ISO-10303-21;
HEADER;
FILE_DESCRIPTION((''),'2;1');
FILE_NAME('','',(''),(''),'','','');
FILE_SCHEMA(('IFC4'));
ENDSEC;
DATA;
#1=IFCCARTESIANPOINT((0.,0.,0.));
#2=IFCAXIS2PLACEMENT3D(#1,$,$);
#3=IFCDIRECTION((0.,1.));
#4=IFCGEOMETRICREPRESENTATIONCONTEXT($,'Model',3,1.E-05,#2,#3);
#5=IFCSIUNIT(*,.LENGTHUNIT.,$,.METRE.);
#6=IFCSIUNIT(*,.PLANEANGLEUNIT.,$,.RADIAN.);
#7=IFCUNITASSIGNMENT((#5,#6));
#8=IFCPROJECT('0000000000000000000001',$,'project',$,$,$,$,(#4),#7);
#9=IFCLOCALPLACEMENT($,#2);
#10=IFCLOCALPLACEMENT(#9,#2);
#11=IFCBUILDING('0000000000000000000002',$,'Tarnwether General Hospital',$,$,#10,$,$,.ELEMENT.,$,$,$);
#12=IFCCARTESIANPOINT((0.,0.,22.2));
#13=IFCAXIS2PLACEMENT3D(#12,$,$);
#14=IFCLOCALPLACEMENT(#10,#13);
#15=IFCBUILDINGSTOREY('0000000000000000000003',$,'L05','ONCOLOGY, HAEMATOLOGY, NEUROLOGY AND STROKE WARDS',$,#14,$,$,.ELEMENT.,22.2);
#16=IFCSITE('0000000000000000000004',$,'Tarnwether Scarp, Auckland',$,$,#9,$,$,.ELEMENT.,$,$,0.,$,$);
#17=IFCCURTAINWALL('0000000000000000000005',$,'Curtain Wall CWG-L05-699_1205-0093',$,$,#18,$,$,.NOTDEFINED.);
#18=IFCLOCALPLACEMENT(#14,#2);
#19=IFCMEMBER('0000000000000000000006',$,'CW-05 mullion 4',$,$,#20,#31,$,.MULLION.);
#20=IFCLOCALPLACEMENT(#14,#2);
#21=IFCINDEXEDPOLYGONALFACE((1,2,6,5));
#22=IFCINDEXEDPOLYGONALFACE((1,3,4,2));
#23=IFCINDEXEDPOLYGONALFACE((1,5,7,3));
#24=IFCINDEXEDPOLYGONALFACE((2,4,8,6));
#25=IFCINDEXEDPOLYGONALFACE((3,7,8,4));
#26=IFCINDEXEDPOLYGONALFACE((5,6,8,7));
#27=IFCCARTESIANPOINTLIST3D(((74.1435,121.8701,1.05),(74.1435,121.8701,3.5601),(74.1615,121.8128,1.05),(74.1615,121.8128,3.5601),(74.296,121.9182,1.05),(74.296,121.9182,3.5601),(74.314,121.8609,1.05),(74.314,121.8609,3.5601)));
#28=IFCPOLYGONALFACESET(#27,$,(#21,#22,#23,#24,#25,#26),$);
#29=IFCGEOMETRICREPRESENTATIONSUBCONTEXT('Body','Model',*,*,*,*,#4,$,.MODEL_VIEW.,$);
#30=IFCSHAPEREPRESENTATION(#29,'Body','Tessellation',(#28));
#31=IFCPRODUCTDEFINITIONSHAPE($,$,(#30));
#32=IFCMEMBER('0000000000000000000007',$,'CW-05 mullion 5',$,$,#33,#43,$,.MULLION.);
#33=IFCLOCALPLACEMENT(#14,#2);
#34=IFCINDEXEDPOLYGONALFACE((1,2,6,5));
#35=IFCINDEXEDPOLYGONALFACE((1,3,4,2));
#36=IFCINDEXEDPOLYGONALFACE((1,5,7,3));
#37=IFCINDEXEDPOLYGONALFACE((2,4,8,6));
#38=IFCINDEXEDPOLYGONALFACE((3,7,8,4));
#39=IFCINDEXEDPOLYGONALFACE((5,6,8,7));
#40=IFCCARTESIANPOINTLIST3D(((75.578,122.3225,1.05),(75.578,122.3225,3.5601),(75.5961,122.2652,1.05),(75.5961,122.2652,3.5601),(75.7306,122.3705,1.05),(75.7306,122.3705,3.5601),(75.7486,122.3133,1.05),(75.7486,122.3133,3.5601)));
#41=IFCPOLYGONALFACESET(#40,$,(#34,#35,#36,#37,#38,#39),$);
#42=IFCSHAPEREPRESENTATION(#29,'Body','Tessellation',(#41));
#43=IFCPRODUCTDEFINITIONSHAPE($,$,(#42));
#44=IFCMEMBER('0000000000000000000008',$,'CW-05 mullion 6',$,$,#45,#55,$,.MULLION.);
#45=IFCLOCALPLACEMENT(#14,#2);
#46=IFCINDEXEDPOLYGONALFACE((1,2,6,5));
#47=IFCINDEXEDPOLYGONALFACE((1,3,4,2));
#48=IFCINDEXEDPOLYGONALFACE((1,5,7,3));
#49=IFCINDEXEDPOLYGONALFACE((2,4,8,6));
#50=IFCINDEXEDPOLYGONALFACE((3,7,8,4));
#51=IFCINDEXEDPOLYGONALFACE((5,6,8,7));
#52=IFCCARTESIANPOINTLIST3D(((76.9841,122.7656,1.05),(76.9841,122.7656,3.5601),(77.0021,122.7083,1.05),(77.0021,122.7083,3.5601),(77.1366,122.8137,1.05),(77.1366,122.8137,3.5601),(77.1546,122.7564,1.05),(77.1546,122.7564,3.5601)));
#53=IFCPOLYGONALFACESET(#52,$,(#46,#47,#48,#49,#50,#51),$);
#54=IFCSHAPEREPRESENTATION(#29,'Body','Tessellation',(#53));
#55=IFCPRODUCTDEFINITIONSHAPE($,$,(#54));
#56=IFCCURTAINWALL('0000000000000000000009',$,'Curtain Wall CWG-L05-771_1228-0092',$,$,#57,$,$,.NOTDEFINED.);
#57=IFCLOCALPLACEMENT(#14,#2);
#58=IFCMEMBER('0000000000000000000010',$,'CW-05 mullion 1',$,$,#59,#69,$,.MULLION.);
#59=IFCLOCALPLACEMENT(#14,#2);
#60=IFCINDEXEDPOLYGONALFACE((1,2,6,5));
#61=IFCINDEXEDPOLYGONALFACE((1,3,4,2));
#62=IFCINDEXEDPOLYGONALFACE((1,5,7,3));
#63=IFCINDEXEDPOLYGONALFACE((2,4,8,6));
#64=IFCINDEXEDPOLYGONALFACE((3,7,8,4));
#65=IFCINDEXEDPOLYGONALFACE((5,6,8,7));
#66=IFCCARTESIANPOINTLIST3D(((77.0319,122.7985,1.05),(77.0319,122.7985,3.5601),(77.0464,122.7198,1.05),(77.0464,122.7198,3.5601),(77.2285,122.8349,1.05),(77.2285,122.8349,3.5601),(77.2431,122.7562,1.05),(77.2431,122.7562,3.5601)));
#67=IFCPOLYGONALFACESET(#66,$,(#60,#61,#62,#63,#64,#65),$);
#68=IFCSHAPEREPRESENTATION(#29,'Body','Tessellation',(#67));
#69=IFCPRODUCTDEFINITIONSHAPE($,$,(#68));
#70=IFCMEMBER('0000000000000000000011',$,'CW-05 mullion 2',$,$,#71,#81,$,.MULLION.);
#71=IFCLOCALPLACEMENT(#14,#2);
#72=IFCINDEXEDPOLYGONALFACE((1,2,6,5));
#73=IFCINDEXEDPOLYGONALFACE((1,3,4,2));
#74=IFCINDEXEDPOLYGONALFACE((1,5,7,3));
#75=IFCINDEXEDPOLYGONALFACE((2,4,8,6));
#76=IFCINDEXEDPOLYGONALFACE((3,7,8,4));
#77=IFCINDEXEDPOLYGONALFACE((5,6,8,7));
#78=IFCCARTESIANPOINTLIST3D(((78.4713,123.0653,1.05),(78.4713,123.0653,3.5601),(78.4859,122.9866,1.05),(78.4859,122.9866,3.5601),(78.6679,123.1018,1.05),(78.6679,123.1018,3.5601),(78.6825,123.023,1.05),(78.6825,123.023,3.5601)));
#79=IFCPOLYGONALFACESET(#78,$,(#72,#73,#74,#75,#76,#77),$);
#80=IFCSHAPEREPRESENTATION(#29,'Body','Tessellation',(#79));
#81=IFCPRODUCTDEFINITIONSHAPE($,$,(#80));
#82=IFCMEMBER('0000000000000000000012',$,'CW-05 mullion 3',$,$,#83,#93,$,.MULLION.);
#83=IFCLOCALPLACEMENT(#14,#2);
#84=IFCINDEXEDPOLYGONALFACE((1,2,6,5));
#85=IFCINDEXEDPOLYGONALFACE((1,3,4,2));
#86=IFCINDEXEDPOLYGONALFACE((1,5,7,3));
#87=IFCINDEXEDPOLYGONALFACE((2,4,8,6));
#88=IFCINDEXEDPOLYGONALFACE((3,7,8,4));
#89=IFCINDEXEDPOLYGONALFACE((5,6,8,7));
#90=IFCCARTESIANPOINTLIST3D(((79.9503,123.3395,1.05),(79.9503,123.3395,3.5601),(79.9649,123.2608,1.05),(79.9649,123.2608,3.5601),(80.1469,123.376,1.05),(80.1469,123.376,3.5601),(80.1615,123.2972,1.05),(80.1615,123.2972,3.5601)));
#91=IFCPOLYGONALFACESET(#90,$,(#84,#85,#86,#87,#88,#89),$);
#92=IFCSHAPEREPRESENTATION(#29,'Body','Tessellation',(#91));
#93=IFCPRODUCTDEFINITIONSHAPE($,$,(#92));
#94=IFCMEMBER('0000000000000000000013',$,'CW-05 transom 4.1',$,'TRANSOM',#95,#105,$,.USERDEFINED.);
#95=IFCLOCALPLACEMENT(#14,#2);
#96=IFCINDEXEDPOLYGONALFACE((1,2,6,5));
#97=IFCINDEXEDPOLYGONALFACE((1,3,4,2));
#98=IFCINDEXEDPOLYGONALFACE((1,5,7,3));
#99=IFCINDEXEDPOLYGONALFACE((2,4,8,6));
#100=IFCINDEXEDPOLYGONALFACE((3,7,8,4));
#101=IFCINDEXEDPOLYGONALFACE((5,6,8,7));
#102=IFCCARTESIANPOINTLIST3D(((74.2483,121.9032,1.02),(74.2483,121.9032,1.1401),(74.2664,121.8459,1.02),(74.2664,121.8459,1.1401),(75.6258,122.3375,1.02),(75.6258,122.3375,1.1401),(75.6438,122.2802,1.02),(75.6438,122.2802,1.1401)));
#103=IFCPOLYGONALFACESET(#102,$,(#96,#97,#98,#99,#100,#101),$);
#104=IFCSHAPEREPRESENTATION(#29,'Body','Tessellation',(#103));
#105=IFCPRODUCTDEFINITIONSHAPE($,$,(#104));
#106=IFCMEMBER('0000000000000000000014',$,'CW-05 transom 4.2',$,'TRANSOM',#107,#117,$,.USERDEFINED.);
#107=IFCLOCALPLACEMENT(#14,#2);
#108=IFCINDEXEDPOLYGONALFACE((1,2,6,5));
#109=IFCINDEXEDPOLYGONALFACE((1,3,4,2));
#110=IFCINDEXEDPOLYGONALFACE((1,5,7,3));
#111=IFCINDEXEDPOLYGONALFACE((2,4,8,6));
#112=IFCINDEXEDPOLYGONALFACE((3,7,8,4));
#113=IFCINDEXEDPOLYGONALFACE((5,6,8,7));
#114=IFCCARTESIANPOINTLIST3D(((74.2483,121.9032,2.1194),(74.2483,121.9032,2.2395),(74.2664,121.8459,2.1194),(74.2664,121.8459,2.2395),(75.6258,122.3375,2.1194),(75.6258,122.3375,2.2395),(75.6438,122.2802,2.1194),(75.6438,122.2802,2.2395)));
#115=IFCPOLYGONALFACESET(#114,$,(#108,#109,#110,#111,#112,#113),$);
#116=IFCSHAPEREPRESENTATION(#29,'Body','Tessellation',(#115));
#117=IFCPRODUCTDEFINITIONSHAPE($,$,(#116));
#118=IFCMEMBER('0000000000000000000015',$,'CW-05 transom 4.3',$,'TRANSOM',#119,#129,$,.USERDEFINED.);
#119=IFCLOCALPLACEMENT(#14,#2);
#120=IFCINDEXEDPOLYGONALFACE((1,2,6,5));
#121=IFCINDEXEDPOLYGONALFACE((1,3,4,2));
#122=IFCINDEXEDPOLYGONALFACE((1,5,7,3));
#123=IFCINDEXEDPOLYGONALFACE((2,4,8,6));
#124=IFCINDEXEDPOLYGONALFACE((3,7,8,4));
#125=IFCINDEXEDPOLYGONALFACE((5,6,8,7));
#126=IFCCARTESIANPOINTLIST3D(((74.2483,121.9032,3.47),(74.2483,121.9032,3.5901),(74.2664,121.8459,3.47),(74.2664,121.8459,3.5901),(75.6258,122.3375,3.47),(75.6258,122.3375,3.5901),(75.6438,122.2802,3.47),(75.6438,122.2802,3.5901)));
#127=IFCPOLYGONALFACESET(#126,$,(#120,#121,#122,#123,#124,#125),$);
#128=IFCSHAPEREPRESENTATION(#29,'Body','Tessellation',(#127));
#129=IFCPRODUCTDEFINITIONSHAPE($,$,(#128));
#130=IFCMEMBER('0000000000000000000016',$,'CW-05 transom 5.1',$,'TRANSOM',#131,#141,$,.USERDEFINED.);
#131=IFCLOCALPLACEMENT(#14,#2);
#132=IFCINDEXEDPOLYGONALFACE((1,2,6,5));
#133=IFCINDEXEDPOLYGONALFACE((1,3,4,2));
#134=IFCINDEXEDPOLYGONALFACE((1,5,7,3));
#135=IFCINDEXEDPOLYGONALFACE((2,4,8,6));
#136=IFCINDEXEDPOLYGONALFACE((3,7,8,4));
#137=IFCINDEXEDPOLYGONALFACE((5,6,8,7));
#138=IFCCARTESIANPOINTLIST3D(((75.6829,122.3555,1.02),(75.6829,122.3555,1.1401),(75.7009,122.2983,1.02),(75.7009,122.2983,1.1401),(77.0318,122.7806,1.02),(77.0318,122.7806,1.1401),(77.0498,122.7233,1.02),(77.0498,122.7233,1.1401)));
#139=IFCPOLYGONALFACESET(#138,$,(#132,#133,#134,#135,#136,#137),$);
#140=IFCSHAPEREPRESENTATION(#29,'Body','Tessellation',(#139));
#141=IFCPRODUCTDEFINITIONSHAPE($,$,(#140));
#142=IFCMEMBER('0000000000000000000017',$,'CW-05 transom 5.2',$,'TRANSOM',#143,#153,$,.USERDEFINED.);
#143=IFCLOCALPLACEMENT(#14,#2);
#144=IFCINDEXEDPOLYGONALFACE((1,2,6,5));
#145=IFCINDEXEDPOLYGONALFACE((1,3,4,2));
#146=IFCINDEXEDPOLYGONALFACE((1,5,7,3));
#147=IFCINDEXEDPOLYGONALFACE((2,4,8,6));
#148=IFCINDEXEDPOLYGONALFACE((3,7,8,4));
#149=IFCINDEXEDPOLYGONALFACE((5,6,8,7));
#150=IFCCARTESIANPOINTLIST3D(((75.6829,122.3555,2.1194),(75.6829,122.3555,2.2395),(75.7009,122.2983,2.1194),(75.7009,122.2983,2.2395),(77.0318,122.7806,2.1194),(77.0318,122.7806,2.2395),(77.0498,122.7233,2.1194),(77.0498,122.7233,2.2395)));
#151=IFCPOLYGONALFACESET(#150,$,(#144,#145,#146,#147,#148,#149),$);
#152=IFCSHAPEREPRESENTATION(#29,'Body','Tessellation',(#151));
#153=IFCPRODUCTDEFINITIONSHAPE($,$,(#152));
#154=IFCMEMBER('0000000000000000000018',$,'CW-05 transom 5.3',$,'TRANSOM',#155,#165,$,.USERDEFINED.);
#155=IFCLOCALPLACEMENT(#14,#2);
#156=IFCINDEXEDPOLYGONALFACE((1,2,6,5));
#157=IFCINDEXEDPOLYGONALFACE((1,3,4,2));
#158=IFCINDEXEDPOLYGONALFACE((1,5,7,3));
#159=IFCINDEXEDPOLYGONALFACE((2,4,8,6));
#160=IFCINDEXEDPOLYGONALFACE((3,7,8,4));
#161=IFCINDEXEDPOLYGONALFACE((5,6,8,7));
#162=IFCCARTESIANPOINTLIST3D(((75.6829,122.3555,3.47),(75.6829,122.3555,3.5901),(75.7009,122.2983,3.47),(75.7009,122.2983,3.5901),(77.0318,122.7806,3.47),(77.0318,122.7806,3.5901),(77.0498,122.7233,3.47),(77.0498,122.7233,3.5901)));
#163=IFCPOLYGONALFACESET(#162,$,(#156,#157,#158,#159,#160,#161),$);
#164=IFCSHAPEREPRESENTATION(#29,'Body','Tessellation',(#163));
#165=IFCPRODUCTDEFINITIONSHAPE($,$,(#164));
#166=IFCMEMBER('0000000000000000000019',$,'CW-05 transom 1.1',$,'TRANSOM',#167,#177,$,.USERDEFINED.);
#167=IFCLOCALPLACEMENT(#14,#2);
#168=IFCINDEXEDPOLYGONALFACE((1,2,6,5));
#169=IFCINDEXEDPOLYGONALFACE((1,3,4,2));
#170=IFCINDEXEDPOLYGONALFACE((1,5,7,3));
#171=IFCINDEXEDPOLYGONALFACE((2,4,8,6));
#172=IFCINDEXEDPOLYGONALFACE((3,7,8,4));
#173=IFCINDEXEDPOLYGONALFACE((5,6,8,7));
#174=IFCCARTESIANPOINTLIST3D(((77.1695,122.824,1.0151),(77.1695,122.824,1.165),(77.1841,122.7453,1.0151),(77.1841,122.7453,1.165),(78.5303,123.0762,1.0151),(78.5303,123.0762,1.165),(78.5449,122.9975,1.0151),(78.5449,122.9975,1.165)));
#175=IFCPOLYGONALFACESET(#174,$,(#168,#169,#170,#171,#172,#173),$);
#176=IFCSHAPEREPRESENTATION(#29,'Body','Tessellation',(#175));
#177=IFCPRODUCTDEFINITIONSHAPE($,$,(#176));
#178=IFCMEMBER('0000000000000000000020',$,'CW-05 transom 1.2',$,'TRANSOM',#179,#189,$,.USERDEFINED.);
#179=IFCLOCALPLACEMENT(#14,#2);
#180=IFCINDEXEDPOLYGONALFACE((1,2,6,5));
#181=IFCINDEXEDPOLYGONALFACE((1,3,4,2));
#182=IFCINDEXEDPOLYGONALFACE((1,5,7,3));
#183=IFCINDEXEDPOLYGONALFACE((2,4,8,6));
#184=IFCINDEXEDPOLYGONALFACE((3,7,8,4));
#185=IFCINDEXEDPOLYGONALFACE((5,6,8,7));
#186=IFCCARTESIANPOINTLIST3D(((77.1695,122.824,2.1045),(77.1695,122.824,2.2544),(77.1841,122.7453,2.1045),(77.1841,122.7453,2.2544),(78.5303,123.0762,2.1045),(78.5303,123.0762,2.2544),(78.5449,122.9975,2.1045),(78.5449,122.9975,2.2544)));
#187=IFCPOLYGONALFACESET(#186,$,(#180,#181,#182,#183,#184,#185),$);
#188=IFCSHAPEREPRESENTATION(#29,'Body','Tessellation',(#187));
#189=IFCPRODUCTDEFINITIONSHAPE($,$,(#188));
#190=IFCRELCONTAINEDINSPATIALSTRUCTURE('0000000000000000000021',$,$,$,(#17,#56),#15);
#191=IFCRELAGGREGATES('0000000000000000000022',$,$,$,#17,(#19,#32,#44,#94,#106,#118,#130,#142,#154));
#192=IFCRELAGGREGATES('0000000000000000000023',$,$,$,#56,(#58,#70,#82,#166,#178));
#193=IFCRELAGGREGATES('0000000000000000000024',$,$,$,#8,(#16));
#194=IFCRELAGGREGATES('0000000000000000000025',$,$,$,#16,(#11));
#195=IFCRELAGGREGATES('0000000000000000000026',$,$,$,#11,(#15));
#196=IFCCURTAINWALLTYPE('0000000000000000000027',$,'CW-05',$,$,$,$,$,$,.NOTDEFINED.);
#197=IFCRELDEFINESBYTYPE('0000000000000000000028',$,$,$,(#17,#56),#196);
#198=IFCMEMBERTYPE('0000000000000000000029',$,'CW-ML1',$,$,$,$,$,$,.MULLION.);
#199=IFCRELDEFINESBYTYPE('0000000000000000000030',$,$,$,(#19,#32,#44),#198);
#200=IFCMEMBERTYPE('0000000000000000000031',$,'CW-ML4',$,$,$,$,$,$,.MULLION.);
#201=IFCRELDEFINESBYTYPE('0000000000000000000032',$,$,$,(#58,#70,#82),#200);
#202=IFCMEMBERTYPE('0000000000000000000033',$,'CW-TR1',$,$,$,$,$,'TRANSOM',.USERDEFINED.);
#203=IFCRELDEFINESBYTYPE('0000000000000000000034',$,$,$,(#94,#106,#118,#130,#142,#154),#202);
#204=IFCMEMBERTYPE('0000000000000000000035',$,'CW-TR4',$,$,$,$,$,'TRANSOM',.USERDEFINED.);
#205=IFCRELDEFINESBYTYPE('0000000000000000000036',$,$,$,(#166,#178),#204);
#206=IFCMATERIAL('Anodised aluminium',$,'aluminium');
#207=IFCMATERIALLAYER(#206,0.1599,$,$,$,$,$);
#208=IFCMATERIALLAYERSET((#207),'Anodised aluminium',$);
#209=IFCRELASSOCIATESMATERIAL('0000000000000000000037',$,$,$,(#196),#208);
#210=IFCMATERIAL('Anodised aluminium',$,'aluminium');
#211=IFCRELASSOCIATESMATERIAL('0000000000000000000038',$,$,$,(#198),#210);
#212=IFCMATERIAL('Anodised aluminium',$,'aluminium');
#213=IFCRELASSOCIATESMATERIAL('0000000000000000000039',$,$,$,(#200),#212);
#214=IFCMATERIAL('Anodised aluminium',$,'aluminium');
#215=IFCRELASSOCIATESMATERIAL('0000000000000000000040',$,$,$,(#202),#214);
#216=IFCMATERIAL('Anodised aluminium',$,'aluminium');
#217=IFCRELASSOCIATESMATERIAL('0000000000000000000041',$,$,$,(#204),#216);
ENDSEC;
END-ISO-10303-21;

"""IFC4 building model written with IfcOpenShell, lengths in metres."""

from ifc_helpers import new_model, si_unit, direction, frame, origin, origin_2d, place, context, subcontext, project, spatial, rectangle, extrude, material, layer, layer_set, material_profile, profile_set, type_object, element, aggregate, save


model = new_model("IFC4")

# Units and contexts
model_context = context("Model", 3, precision=1e-05, world=origin(), true_north=direction((0.0, 1.0)))
body_context = subcontext(model_context, "Body", "Model", "MODEL_VIEW")
ifc_project = project(units=[si_unit("LENGTHUNIT", "METRE"), si_unit("PLANEANGLEUNIT", "RADIAN")], contexts=[model_context])

# Site, building, storey
site_placement = place(None, origin())
site = spatial("IfcSite", under=ifc_project, at=site_placement, Name="Tarnwether Scarp, Auckland", CompositionType="ELEMENT", RefElevation=0.0)
building_placement = place(site_placement, origin())
building = spatial("IfcBuilding", under=site, at=building_placement, Name="Tarnwether General Hospital", CompositionType="ELEMENT")
storey_placement = place(building_placement, frame((0.0, 0.0, 22.2)))
storey = spatial("IfcBuildingStorey", under=building, at=storey_placement, Name="L05", Description="ONCOLOGY, HAEMATOLOGY, NEUROLOGY AND STROKE WARDS", CompositionType="ELEMENT", Elevation=22.2)

# Curtain walls, members
ifc_material_1 = material(Name="Anodised aluminium", Category="aluminium")
ifc_layer_1 = layer(ifc_material_1, 0.1599)
ifc_layer_set_1 = layer_set([ifc_layer_1], Name="Anodised aluminium")
curtain_wall_type = type_object("IfcCurtainWallType", Name="CW-05", PredefinedType="NOTDEFINED", material=ifc_layer_set_1)
curtain_wall_1_placement = place(storey_placement, origin())
curtain_wall_1 = element("IfcCurtainWall", 1, at=curtain_wall_1_placement, inside=storey, type_object=curtain_wall_type, Name="Curtain Wall CWG-L05-699_1205-0093", PredefinedType="NOTDEFINED")
ifc_material_2 = material(Name="Anodised aluminium", Category="aluminium")
ifc_material_profile_1 = material_profile(ifc_material_2, rectangle(XDim=0.0601, YDim=0.1599, at=origin_2d()), Name="ALU-MUL-60x160")
ifc_profile_set_1 = profile_set([ifc_material_profile_1], Name="Anodised aluminium")
member_type_1 = type_object("IfcMemberType", Name="CW-ML1", PredefinedType="MULLION", material=ifc_profile_set_1)
member_1_placement = place(storey_placement, frame((74.2288, 121.8655, 1.05), z_axis=(0.0, 0.0, 1.0), x_axis=(-0.300629, 0.953741, 0.0)))
member_1 = element("IfcMember", 2, at=member_1_placement, type_object=member_type_1, Name="CW-05 mullion 4", PredefinedType="MULLION", context=body_context, shape_type="SweptSolid", body=[
    extrude(rectangle(XDim=0.0601, YDim=0.1599, at=origin_2d()), origin(), (0.0, 0.0, 1.0), 2.51),
])
member_2_placement = place(storey_placement, frame((75.6633, 122.3179, 1.05), z_axis=(0.0, 0.0, 1.0), x_axis=(-0.300629, 0.953741, 0.0)))
member_2 = element("IfcMember", 3, at=member_2_placement, type_object=member_type_1, Name="CW-05 mullion 5", PredefinedType="MULLION", context=body_context, shape_type="SweptSolid", body=[
    extrude(rectangle(XDim=0.0601, YDim=0.1599, at=origin_2d()), origin(), (0.0, 0.0, 1.0), 2.51),
])
member_3_placement = place(storey_placement, frame((77.0693, 122.761, 1.05), z_axis=(0.0, 0.0, 1.0), x_axis=(-0.300629, 0.953741, 0.0)))
member_3 = element("IfcMember", 4, at=member_3_placement, type_object=member_type_1, Name="CW-05 mullion 6", PredefinedType="MULLION", context=body_context, shape_type="SweptSolid", body=[
    extrude(rectangle(XDim=0.0601, YDim=0.1599, at=origin_2d()), origin(), (0.0, 0.0, 1.0), 2.51),
])
curtain_wall_2_placement = place(storey_placement, origin())
curtain_wall_2 = element("IfcCurtainWall", 5, at=curtain_wall_2_placement, inside=storey, type_object=curtain_wall_type, Name="Curtain Wall CWG-L05-771_1228-0092", PredefinedType="NOTDEFINED")
ifc_material_3 = material(Name="Anodised aluminium", Category="aluminium")
ifc_material_profile_2 = material_profile(ifc_material_3, rectangle(XDim=0.0801, YDim=0.2, at=origin_2d()), Name="ALU-MUL-80x200")
ifc_profile_set_2 = profile_set([ifc_material_profile_2], Name="Anodised aluminium")
member_type_2 = type_object("IfcMemberType", Name="CW-ML4", PredefinedType="MULLION", material=ifc_profile_set_2)
member_4_placement = place(storey_placement, frame((77.1375, 122.7773, 1.05), z_axis=(0.0, 0.0, 1.0), x_axis=(-0.182289, 0.983245, 0.0)))
member_4 = element("IfcMember", 6, at=member_4_placement, type_object=member_type_2, Name="CW-05 mullion 1", PredefinedType="MULLION", context=body_context, shape_type="SweptSolid", body=[
    extrude(rectangle(XDim=0.0801, YDim=0.2, at=origin_2d()), origin(), (0.0, 0.0, 1.0), 2.51),
])
member_5_placement = place(storey_placement, frame((78.5769, 123.0442, 1.05), z_axis=(0.0, 0.0, 1.0), x_axis=(-0.182289, 0.983245, 0.0)))
member_5 = element("IfcMember", 7, at=member_5_placement, type_object=member_type_2, Name="CW-05 mullion 2", PredefinedType="MULLION", context=body_context, shape_type="SweptSolid", body=[
    extrude(rectangle(XDim=0.0801, YDim=0.2, at=origin_2d()), origin(), (0.0, 0.0, 1.0), 2.51),
])
member_6_placement = place(storey_placement, frame((80.0559, 123.3184, 1.05), z_axis=(0.0, 0.0, 1.0), x_axis=(-0.182289, 0.983245, 0.0)))
member_6 = element("IfcMember", 8, at=member_6_placement, type_object=member_type_2, Name="CW-05 mullion 3", PredefinedType="MULLION", context=body_context, shape_type="SweptSolid", body=[
    extrude(rectangle(XDim=0.0801, YDim=0.2, at=origin_2d()), origin(), (0.0, 0.0, 1.0), 2.51),
])

# Members
ifc_material_4 = material(Name="Anodised aluminium", Category="aluminium")
ifc_material_profile_3 = material_profile(ifc_material_4, rectangle(XDim=0.0601, YDim=0.1201, at=origin_2d()), Name="ALU-TRN-60x120")
ifc_profile_set_3 = profile_set([ifc_material_profile_3], Name="Anodised aluminium")
member_type_3 = type_object("IfcMemberType", Name="CW-TR1", ElementType="TRANSOM", PredefinedType="USERDEFINED", material=ifc_profile_set_3)
member_7_placement = place(storey_placement, frame((74.2573, 121.8745, 1.0801), z_axis=(0.953713, 0.300719, 0.0), x_axis=(-0.300719, 0.953713, 0.0)))
member_7 = element("IfcMember", 9, at=member_7_placement, type_object=member_type_3, Name="CW-05 transom 4.1", ObjectType="TRANSOM", PredefinedType="USERDEFINED", context=body_context, shape_type="SweptSolid", body=[
    extrude(rectangle(XDim=0.0601, YDim=0.1201, at=origin_2d()), origin(), (0.0, 0.0, 1.0), 1.4443),
])
member_8_placement = place(storey_placement, frame((74.2573, 121.8745, 2.1794), z_axis=(0.953713, 0.300719, 0.0), x_axis=(-0.300719, 0.953713, 0.0)))
member_8 = element("IfcMember", 10, at=member_8_placement, type_object=member_type_3, Name="CW-05 transom 4.2", ObjectType="TRANSOM", PredefinedType="USERDEFINED", context=body_context, shape_type="SweptSolid", body=[
    extrude(rectangle(XDim=0.0601, YDim=0.1201, at=origin_2d()), origin(), (0.0, 0.0, 1.0), 1.4443),
])
member_9_placement = place(storey_placement, frame((74.2573, 121.8745, 3.53), z_axis=(0.953713, 0.300719, 0.0), x_axis=(-0.300719, 0.953713, 0.0)))
member_9 = element("IfcMember", 11, at=member_9_placement, type_object=member_type_3, Name="CW-05 transom 4.3", ObjectType="TRANSOM", PredefinedType="USERDEFINED", context=body_context, shape_type="SweptSolid", body=[
    extrude(rectangle(XDim=0.0601, YDim=0.1201, at=origin_2d()), origin(), (0.0, 0.0, 1.0), 1.4443),
])
member_10_placement = place(storey_placement, frame((75.6919, 122.3269, 1.0801), z_axis=(0.953768, 0.300545, 0.0), x_axis=(-0.300545, 0.953768, 0.0)))
member_10 = element("IfcMember", 12, at=member_10_placement, type_object=member_type_3, Name="CW-05 transom 5.1", ObjectType="TRANSOM", PredefinedType="USERDEFINED", context=body_context, shape_type="SweptSolid", body=[
    extrude(rectangle(XDim=0.0601, YDim=0.1201, at=origin_2d()), origin(), (0.0, 0.0, 1.0), 1.4143),
])
member_11_placement = place(storey_placement, frame((75.6919, 122.3269, 2.1794), z_axis=(0.953768, 0.300545, 0.0), x_axis=(-0.300545, 0.953768, 0.0)))
member_11 = element("IfcMember", 13, at=member_11_placement, type_object=member_type_3, Name="CW-05 transom 5.2", ObjectType="TRANSOM", PredefinedType="USERDEFINED", context=body_context, shape_type="SweptSolid", body=[
    extrude(rectangle(XDim=0.0601, YDim=0.1201, at=origin_2d()), origin(), (0.0, 0.0, 1.0), 1.4143),
])
member_12_placement = place(storey_placement, frame((75.6919, 122.3269, 3.53), z_axis=(0.953768, 0.300545, 0.0), x_axis=(-0.300545, 0.953768, 0.0)))
member_12 = element("IfcMember", 14, at=member_12_placement, type_object=member_type_3, Name="CW-05 transom 5.3", ObjectType="TRANSOM", PredefinedType="USERDEFINED", context=body_context, shape_type="SweptSolid", body=[
    extrude(rectangle(XDim=0.0601, YDim=0.1201, at=origin_2d()), origin(), (0.0, 0.0, 1.0), 1.4143),
])
ifc_material_5 = material(Name="Anodised aluminium", Category="aluminium")
ifc_material_profile_4 = material_profile(ifc_material_5, rectangle(XDim=0.0801, YDim=0.1499, at=origin_2d()), Name="ALU-TRN-80x150")
ifc_profile_set_4 = profile_set([ifc_material_profile_4], Name="Anodised aluminium")
member_type_4 = type_object("IfcMemberType", Name="CW-TR4", ElementType="TRANSOM", PredefinedType="USERDEFINED", material=ifc_profile_set_4)
member_13_placement = place(storey_placement, frame((77.1768, 122.7847, 1.0901), z_axis=(0.983257, 0.182222, 0.0), x_axis=(-0.182222, 0.983257, 0.0)))
member_13 = element("IfcMember", 15, at=member_13_placement, type_object=member_type_4, Name="CW-05 transom 1.1", ObjectType="TRANSOM", PredefinedType="USERDEFINED", context=body_context, shape_type="SweptSolid", body=[
    extrude(rectangle(XDim=0.0801, YDim=0.1499, at=origin_2d()), origin(), (0.0, 0.0, 1.0), 1.384),
])
member_14_placement = place(storey_placement, frame((77.1768, 122.7847, 2.1794), z_axis=(0.983257, 0.182222, 0.0), x_axis=(-0.182222, 0.983257, 0.0)))
member_14 = element("IfcMember", 16, at=member_14_placement, type_object=member_type_4, Name="CW-05 transom 1.2", ObjectType="TRANSOM", PredefinedType="USERDEFINED", context=body_context, shape_type="SweptSolid", body=[
    extrude(rectangle(XDim=0.0801, YDim=0.1499, at=origin_2d()), origin(), (0.0, 0.0, 1.0), 1.384),
])

aggregate(curtain_wall_1, [member_1, member_2, member_3, member_7, member_8, member_9, member_10, member_11, member_12])
aggregate(curtain_wall_2, [member_4, member_5, member_6, member_13, member_14])

save(model, "model.ifc")
